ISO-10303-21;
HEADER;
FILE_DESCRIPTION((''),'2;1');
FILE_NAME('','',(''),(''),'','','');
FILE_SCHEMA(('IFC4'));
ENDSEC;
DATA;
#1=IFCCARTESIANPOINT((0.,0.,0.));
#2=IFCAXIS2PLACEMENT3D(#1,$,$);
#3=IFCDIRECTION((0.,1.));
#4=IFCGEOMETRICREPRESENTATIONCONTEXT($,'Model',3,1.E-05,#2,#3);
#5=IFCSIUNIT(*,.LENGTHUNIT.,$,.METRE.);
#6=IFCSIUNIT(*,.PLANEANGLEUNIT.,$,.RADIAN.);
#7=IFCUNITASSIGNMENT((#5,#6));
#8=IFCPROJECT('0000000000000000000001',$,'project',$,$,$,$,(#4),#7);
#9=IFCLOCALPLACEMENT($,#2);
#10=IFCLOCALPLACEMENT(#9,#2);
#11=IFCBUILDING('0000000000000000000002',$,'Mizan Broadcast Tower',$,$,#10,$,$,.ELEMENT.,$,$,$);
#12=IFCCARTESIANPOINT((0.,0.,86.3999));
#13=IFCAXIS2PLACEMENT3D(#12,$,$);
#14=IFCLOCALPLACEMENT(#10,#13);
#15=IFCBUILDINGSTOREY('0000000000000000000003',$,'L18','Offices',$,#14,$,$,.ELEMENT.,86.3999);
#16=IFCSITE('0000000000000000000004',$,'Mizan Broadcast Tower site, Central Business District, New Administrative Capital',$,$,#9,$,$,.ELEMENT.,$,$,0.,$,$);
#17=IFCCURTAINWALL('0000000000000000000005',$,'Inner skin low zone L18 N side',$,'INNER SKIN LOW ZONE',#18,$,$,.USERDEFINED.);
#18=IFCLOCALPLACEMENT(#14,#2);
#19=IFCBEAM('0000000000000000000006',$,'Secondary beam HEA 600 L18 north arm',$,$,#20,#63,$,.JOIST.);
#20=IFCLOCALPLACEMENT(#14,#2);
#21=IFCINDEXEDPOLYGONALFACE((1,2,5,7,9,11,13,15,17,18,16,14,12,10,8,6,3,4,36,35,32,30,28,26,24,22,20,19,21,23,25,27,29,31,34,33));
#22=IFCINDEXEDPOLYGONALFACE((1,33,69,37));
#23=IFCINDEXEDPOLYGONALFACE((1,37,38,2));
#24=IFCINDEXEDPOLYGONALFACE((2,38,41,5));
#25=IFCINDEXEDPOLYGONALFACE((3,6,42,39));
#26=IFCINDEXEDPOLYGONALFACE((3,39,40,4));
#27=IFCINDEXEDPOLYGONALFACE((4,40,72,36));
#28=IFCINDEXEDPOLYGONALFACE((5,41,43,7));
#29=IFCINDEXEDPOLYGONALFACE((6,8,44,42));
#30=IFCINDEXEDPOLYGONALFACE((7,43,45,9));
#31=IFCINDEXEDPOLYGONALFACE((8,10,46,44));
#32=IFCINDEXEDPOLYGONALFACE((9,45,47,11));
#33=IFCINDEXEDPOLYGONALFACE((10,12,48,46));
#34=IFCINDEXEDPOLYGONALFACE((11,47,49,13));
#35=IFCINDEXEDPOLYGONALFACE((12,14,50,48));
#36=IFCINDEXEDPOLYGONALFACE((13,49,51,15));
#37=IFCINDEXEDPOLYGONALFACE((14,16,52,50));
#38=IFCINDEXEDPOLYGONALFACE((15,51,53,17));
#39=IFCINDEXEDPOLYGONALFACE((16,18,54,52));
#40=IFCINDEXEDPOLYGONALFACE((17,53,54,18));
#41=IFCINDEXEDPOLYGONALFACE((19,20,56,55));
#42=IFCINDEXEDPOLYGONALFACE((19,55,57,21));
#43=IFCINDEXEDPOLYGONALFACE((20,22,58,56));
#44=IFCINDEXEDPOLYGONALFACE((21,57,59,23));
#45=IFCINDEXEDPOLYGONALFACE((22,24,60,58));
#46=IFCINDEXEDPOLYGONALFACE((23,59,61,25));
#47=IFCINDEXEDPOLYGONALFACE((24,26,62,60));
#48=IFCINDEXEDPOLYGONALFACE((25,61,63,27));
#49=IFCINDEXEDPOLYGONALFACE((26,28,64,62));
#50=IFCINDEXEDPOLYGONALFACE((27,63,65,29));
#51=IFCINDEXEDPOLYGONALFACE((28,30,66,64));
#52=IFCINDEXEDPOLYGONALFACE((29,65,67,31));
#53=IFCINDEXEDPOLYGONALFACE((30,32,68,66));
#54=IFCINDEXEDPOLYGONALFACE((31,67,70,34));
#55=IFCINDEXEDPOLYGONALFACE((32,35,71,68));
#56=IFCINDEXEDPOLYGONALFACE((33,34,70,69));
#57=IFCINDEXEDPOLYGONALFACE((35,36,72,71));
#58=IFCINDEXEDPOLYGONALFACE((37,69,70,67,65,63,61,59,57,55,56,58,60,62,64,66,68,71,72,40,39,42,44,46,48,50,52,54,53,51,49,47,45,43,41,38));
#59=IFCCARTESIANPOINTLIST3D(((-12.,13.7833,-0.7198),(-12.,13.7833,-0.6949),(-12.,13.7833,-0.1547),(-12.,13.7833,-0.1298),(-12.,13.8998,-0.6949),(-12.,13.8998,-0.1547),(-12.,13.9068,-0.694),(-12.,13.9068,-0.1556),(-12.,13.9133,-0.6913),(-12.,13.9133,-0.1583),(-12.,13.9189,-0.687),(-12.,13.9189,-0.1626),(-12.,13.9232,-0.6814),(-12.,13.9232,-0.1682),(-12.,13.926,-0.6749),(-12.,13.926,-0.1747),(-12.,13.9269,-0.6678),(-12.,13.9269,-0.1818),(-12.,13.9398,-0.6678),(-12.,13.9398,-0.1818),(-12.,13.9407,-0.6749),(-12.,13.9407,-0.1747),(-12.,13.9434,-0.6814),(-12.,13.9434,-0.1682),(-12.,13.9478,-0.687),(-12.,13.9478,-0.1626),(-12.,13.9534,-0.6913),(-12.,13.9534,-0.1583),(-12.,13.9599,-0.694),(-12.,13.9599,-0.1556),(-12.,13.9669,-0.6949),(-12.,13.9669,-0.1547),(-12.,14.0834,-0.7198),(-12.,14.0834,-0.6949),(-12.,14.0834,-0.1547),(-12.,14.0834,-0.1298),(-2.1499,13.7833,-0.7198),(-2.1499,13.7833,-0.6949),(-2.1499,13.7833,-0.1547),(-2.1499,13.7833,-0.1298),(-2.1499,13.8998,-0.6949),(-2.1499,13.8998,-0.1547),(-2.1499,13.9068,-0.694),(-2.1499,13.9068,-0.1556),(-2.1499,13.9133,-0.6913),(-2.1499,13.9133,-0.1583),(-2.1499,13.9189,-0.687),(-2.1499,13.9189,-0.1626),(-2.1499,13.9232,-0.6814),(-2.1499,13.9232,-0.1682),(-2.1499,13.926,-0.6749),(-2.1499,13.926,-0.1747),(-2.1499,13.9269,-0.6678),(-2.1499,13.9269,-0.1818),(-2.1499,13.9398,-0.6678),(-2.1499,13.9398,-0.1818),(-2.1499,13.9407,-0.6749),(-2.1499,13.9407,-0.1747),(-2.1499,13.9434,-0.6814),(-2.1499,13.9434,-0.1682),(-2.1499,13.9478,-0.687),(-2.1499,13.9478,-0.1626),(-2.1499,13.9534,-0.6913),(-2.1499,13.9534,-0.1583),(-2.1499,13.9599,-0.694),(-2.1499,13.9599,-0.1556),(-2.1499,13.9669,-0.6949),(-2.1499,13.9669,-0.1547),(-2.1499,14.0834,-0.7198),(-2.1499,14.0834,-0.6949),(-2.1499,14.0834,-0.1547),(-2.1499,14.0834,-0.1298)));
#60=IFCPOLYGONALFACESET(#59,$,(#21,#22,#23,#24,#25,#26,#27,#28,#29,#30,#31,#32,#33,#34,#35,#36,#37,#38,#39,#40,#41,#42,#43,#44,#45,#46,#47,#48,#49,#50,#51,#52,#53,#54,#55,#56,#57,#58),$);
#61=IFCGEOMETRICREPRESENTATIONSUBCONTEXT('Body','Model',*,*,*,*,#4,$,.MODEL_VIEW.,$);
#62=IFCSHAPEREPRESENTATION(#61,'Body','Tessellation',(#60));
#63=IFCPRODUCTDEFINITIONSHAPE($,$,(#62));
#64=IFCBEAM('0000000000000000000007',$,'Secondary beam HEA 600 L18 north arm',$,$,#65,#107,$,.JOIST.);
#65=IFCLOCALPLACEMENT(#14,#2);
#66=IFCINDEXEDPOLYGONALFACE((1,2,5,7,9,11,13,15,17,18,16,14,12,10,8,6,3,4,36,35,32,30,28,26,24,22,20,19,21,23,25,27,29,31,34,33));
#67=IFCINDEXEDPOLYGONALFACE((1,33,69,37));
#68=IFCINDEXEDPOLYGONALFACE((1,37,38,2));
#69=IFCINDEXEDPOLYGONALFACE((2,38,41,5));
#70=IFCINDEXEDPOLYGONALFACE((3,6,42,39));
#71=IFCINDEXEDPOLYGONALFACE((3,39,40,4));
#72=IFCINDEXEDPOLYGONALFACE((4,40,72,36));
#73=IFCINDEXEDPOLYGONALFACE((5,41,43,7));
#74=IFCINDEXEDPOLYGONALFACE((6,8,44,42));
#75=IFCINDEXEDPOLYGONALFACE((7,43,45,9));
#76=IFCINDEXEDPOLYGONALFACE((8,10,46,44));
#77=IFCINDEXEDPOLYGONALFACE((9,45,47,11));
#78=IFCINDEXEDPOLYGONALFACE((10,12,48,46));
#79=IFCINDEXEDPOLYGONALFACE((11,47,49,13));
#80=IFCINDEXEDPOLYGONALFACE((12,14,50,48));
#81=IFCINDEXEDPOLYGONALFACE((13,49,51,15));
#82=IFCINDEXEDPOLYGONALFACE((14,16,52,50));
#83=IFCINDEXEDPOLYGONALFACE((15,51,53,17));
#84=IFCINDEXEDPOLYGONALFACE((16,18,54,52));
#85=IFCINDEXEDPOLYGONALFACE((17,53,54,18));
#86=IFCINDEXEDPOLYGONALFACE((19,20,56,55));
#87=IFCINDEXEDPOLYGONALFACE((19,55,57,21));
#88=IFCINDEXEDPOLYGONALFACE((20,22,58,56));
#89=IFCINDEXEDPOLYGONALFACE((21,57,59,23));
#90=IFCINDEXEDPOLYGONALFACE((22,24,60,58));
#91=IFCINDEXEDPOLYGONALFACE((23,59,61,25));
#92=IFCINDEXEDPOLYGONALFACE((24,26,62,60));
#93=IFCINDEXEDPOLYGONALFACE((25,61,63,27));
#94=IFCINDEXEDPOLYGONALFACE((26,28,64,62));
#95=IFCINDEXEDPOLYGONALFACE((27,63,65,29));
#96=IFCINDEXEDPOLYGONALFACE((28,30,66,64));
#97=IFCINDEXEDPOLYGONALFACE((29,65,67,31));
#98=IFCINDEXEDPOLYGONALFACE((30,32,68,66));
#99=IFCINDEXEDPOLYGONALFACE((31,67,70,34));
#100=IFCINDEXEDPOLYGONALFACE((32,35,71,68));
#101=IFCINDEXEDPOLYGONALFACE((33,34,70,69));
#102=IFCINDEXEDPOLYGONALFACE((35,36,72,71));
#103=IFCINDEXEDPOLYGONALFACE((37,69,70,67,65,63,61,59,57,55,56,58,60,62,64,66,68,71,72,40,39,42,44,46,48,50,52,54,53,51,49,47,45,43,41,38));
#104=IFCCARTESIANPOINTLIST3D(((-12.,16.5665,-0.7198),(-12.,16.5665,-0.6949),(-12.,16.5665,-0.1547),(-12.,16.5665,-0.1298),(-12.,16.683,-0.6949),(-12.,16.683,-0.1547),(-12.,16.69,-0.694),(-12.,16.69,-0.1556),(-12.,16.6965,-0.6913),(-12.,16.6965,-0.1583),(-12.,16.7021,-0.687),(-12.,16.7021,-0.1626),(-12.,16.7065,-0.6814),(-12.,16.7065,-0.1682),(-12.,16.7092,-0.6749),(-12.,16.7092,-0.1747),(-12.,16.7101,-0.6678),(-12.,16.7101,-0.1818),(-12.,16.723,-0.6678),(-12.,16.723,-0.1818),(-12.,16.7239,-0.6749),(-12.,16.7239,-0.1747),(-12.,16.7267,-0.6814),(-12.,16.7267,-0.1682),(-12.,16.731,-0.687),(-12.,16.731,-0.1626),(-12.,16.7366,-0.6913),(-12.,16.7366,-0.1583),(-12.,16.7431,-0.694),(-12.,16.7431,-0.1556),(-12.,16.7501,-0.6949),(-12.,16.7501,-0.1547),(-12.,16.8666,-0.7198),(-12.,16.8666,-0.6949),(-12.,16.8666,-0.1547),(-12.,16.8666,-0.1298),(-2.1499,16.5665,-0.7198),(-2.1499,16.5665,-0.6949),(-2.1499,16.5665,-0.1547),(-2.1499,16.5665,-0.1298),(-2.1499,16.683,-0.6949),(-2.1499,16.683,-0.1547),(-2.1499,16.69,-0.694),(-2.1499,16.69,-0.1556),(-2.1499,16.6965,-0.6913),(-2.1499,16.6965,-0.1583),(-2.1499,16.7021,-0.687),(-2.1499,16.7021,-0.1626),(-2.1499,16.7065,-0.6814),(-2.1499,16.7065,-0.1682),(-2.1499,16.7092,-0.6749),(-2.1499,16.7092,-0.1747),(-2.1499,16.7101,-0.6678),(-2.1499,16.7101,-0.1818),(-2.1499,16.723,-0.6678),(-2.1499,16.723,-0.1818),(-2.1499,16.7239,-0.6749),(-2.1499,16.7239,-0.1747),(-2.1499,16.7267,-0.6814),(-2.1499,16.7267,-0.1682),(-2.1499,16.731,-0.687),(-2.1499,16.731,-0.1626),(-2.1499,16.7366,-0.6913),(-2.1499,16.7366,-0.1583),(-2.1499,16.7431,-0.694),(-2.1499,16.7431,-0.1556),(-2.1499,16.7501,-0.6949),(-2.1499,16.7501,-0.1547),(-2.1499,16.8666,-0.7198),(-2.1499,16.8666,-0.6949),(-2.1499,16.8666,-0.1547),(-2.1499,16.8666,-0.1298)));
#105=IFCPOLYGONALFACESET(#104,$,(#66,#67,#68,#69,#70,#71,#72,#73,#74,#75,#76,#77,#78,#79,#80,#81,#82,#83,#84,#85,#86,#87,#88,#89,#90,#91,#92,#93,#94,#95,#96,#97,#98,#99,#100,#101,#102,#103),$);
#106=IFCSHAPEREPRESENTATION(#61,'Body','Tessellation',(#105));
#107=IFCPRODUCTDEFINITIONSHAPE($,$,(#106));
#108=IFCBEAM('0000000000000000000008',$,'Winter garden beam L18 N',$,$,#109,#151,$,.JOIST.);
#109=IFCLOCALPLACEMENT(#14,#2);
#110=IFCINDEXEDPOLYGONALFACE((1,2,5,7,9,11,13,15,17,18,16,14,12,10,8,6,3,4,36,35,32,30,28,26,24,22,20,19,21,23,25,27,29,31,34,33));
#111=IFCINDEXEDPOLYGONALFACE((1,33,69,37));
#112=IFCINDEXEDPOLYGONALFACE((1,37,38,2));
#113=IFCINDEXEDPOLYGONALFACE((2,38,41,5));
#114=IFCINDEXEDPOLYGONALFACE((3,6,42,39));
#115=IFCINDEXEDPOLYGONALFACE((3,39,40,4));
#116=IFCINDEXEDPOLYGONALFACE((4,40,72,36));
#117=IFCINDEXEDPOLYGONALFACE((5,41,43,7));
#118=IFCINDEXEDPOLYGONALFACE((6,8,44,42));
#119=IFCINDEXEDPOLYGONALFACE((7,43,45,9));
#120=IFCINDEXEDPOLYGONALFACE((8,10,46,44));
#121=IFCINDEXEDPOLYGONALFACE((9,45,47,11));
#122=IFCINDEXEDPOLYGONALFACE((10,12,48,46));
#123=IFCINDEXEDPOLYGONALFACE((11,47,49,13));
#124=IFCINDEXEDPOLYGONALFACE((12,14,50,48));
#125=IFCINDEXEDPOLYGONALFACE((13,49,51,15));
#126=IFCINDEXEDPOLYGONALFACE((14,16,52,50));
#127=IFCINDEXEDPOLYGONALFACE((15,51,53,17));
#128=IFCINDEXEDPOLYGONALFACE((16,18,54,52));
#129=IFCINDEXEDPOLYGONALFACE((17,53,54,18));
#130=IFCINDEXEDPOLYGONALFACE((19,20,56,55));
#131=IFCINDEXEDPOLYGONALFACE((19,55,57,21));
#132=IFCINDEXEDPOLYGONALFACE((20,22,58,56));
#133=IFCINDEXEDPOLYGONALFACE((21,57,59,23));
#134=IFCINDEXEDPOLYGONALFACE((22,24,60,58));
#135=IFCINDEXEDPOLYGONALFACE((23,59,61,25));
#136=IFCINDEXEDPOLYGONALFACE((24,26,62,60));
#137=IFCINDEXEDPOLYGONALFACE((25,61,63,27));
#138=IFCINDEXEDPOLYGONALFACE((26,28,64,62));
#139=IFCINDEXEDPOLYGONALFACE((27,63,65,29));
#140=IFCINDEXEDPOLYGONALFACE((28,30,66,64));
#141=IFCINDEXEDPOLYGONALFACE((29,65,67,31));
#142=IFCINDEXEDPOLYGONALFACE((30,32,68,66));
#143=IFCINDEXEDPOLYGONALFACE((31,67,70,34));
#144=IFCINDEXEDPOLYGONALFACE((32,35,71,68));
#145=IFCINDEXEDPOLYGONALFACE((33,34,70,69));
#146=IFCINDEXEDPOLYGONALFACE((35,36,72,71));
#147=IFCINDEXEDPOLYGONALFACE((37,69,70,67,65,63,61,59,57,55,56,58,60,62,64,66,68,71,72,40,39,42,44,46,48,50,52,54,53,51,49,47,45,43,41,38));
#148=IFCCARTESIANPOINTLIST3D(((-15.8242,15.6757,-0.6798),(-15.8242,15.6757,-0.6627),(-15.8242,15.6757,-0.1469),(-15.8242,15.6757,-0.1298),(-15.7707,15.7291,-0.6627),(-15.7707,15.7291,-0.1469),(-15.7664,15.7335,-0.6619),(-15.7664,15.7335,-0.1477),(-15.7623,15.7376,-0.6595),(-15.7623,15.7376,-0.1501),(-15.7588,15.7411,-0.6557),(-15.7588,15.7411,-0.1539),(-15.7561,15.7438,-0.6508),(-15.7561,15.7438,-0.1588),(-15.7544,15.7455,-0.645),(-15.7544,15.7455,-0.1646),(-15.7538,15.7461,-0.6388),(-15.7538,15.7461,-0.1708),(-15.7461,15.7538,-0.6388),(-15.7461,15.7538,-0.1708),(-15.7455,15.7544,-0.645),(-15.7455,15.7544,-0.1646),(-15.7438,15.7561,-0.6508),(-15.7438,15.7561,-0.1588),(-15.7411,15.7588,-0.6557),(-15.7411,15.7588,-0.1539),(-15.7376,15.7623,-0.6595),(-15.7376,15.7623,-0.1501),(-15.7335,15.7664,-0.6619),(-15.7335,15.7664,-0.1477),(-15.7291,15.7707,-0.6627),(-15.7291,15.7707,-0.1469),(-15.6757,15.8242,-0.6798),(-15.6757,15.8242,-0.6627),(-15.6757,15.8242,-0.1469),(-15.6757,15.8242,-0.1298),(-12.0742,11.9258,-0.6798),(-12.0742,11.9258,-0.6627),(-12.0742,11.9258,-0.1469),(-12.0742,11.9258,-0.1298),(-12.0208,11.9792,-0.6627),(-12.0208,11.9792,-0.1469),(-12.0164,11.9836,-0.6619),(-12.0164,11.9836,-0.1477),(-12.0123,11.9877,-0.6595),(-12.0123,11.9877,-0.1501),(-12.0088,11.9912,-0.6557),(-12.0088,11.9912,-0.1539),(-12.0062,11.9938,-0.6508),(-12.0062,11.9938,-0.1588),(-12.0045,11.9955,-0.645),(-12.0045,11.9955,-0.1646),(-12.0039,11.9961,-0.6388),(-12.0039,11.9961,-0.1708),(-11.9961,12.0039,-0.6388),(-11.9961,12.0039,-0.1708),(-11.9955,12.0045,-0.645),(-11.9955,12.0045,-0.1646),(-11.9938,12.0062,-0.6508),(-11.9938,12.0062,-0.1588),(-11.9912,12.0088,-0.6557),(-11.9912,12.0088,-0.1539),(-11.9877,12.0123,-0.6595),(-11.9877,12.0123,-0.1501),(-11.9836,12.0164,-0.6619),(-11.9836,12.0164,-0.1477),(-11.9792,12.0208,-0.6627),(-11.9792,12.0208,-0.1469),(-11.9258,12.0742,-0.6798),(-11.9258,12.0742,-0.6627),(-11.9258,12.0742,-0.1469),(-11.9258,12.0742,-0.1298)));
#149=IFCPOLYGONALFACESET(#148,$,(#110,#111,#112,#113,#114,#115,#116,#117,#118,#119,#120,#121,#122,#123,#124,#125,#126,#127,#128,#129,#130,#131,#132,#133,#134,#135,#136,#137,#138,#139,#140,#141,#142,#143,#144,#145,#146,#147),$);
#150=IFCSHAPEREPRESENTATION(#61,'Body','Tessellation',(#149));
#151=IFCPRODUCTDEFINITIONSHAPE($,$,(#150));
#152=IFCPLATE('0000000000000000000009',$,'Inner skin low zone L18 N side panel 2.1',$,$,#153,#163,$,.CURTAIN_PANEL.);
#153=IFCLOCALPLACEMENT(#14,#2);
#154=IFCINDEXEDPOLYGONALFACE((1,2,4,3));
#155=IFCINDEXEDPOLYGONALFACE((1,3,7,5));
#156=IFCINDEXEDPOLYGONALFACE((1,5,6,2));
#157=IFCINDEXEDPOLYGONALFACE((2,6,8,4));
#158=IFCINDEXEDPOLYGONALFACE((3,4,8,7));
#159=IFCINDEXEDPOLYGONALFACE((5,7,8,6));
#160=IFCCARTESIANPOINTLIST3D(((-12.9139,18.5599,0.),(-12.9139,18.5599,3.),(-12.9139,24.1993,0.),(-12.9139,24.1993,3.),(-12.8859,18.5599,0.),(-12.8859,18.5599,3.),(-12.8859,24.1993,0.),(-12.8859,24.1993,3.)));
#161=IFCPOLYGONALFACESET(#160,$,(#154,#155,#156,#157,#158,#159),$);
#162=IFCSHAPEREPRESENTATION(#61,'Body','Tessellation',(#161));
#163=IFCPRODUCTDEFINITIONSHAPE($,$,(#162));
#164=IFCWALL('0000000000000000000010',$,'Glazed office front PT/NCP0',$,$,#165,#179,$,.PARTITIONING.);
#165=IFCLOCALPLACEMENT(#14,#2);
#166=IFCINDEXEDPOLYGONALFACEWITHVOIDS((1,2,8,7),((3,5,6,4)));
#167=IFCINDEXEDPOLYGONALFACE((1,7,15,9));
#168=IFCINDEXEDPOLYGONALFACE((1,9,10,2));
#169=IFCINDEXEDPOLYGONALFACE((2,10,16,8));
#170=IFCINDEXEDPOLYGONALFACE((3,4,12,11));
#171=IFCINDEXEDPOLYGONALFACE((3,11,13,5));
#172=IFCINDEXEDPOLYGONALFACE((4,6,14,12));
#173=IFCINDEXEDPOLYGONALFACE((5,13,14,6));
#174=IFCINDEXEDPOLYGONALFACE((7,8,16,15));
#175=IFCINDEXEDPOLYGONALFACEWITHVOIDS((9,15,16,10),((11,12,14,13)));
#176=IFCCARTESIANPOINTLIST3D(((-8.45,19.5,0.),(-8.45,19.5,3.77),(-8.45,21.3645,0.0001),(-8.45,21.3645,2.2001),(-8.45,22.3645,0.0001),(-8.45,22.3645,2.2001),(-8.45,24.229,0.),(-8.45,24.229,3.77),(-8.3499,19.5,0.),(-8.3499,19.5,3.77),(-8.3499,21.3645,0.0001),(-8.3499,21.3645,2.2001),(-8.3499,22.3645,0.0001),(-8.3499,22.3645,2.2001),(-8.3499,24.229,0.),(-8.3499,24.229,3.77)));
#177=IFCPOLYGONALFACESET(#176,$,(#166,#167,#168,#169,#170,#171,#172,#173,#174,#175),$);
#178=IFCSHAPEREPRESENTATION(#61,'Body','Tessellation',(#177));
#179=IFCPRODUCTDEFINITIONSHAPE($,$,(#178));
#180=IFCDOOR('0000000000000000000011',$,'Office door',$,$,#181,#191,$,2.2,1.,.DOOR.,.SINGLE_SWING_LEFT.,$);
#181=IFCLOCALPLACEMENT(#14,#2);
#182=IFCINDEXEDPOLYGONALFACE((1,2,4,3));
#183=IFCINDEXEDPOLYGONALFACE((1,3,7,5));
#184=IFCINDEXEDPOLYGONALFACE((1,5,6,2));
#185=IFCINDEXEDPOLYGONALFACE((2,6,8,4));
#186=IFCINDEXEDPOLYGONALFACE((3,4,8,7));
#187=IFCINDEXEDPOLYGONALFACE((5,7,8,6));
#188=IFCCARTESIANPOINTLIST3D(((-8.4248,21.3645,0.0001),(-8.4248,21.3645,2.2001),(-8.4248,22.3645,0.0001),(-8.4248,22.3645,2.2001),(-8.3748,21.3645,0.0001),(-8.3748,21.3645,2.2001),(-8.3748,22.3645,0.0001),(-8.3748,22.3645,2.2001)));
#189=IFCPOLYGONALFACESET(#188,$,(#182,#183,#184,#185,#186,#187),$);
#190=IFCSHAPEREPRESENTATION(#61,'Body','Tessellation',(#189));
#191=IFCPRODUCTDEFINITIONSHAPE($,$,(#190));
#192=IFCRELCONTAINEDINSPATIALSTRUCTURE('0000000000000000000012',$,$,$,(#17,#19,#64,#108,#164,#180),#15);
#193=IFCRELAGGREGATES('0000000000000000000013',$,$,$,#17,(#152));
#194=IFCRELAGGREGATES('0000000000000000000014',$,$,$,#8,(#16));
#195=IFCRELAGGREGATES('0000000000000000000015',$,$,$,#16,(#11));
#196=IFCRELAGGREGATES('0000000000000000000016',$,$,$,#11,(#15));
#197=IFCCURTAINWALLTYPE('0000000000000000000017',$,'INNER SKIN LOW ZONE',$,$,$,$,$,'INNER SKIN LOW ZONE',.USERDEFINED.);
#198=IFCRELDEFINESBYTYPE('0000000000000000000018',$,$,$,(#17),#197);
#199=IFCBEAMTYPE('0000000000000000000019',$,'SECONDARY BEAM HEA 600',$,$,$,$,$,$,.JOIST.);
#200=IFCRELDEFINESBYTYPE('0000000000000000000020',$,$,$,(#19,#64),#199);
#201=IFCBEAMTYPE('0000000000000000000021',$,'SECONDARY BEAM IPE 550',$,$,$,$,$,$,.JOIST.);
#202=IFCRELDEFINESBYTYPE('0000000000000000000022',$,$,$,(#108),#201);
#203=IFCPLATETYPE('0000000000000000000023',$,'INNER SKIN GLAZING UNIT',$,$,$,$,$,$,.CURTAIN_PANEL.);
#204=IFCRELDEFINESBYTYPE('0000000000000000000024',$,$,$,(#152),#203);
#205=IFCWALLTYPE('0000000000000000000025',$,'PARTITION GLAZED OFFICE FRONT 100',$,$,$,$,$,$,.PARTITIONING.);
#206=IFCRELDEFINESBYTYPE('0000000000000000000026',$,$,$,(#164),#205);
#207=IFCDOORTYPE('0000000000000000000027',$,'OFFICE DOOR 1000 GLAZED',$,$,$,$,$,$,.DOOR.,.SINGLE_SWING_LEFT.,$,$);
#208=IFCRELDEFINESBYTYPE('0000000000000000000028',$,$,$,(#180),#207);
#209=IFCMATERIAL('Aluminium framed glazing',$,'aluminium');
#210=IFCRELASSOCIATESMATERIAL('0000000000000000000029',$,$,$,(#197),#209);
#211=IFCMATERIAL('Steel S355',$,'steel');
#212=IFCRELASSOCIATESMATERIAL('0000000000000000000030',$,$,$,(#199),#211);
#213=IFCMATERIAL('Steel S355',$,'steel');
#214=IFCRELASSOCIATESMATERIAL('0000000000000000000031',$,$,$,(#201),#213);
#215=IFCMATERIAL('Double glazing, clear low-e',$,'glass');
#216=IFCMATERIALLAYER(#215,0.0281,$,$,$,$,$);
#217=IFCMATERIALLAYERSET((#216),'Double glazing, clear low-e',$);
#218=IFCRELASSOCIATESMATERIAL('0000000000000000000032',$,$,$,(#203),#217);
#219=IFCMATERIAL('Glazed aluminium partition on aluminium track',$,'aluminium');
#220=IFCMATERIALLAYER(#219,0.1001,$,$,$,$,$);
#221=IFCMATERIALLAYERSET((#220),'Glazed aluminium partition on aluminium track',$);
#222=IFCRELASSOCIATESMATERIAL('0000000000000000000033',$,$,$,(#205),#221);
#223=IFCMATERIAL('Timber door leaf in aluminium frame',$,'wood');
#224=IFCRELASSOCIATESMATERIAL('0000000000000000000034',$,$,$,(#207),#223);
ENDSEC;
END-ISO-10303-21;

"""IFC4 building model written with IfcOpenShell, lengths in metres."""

from ifc_helpers import new_model, si_unit, direction, frame, frame_2d, origin, origin_2d, place, context, subcontext, project, spatial, rectangle, i_section, extrude, material, layer, layer_set, material_profile, profile_set, type_object, element, fill, aggregate, save


model = new_model("IFC4")

# Units and contexts
model_context = context("Model", 3, precision=1e-05, world=origin(), true_north=direction((0.0, 1.0)))
body_context = subcontext(model_context, "Body", "Model", "MODEL_VIEW")
ifc_project = project(units=[si_unit("LENGTHUNIT", "METRE"), si_unit("PLANEANGLEUNIT", "RADIAN")], contexts=[model_context])

# Site, building, storey
site_placement = place(None, origin())
site = spatial("IfcSite", under=ifc_project, at=site_placement, Name="Mizan Broadcast Tower site, Central Business District, New Administrative Capital", CompositionType="ELEMENT", RefElevation=0.0)
building_placement = place(site_placement, origin())
building = spatial("IfcBuilding", under=site, at=building_placement, Name="Mizan Broadcast Tower", CompositionType="ELEMENT")
storey_placement = place(building_placement, frame((0.0, 0.0, 86.3999)))
storey = spatial("IfcBuildingStorey", under=building, at=storey_placement, Name="L18", Description="Offices", CompositionType="ELEMENT", Elevation=86.3999)

# Curtain wall
ifc_material_1 = material(Name="Aluminium framed glazing", Category="aluminium")
curtain_wall_type = type_object("IfcCurtainWallType", Name="INNER SKIN LOW ZONE", ElementType="INNER SKIN LOW ZONE", PredefinedType="USERDEFINED", material=ifc_material_1)
curtain_wall_placement = place(storey_placement, origin())
curtain_wall = element("IfcCurtainWall", 1, at=curtain_wall_placement, inside=storey, type_object=curtain_wall_type, Name="Inner skin low zone L18 N side", ObjectType="INNER SKIN LOW ZONE", PredefinedType="USERDEFINED")

# Beams
ifc_material_2 = material(Name="Steel S355", Category="steel")
ifc_material_profile_1 = material_profile(ifc_material_2, i_section(OverallWidth=0.3, OverallDepth=0.5901, WebThickness=0.0129, FlangeThickness=0.0249, FilletRadius=0.0271, at=origin_2d()), Name="HEA 600")
ifc_profile_set_1 = profile_set([ifc_material_profile_1], Name="Steel S355")
beam_type_1 = type_object("IfcBeamType", Name="SECONDARY BEAM HEA 600", PredefinedType="JOIST", material=ifc_profile_set_1)
for number, where, z_axis, x_axis, name in (
    (2, (-12.0, 13.9333, -0.4248), (1.0, 0.0, 0.0), (0.0, 1.0, 0.0), "Secondary beam HEA 600 L18 north arm"),
    (3, (-12.0, 16.7166, -0.4248), (1.0, 0.0, 0.0), (0.0, 1.0, 0.0), "Secondary beam HEA 600 L18 north arm"),
):
    element("IfcBeam", number, at=place(storey_placement, frame(where, z_axis=z_axis, x_axis=x_axis)), inside=storey, type_object=beam_type_1, Name=name, PredefinedType="JOIST", context=body_context, shape_type="SweptSolid", body=[
        extrude(i_section(OverallWidth=0.3, OverallDepth=0.5901, WebThickness=0.0129, FlangeThickness=0.0249, FilletRadius=0.0271, at=origin_2d()), origin(), (0.0, 0.0, 1.0), 9.8501),
    ])
ifc_material_3 = material(Name="Steel S355", Category="steel")
ifc_material_profile_2 = material_profile(ifc_material_3, i_section(OverallWidth=0.21, OverallDepth=0.55, WebThickness=0.011, FlangeThickness=0.0171, FilletRadius=0.0239, at=origin_2d()), Name="IPE 550")
ifc_profile_set_2 = profile_set([ifc_material_profile_2], Name="Steel S355")
beam_type_2 = type_object("IfcBeamType", Name="SECONDARY BEAM IPE 550", PredefinedType="JOIST", material=ifc_profile_set_2)
beam_1_placement = place(storey_placement, frame((-12.0, 12.0, -0.4048), z_axis=(-0.707107, 0.707107, 0.0), x_axis=(-0.707107, -0.707107, 0.0)))
element("IfcBeam", 4, at=beam_1_placement, inside=storey, type_object=beam_type_2, Name="Winter garden beam L18 N", PredefinedType="JOIST", context=body_context, shape_type="SweptSolid", body=[
    extrude(i_section(OverallWidth=0.21, OverallDepth=0.55, WebThickness=0.011, FlangeThickness=0.0171, FilletRadius=0.0239, at=origin_2d()), origin(), (0.0, 0.0, 1.0), 5.3032),
])

# Plate
ifc_material_4 = material(Name="Double glazing, clear low-e", Category="glass")
ifc_layer_1 = layer(ifc_material_4, 0.0281)
ifc_layer_set_1 = layer_set([ifc_layer_1], Name="Double glazing, clear low-e")
plate_type = type_object("IfcPlateType", Name="INNER SKIN GLAZING UNIT", PredefinedType="CURTAIN_PANEL", material=ifc_layer_set_1)
plate_placement = place(storey_placement, frame((-12.8999, 21.3796, 0.0), z_axis=(0.0, 0.0, 1.0), x_axis=(0.0, -1.0, 0.0)))
plate = element("IfcPlate", 5, at=plate_placement, type_object=plate_type, Name="Inner skin low zone L18 N side panel 2.1", PredefinedType="CURTAIN_PANEL", context=body_context, shape_type="SweptSolid", body=[
    extrude(rectangle(XDim=5.6394, YDim=0.0281, at=origin_2d()), origin(), (0.0, 0.0, 1.0), 3.0),
])
aggregate(curtain_wall, [plate])

# Wall, opening, door
ifc_material_5 = material(Name="Glazed aluminium partition on aluminium track", Category="aluminium")
ifc_layer_2 = layer(ifc_material_5, 0.1001)
ifc_layer_set_2 = layer_set([ifc_layer_2], Name="Glazed aluminium partition on aluminium track")
wall_type = type_object("IfcWallType", Name="PARTITION GLAZED OFFICE FRONT 100", PredefinedType="PARTITIONING", material=ifc_layer_set_2)
wall_1_placement = place(storey_placement, frame((-8.3999, 19.5, 0.0), z_axis=(0.0, 0.0, 1.0), x_axis=(0.0, 1.0, 0.0)))
wall_1 = element("IfcWall", 6, at=wall_1_placement, inside=storey, type_object=wall_type, Name="Glazed office front PT/NCP0", PredefinedType="PARTITIONING", context=body_context, shape_type="SweptSolid", body=[
    extrude(rectangle(XDim=4.729, YDim=0.1001, at=frame_2d((2.3645, 0.0))), origin(), (0.0, 0.0, 1.0), 3.77),
])
opening_placement = place(wall_1_placement, frame((1.8645, 0.0, 0.0)))
opening = element("IfcOpeningElement", 7, at=opening_placement, cuts=wall_1, PredefinedType="OPENING", context=body_context, shape_type="SweptSolid", body=[
    extrude(rectangle(XDim=1.0, YDim=2.2, at=frame_2d((0.5, 1.1001))), frame((0.0, 0.0601, 0.0), z_axis=(0.0, -1.0, 0.0), x_axis=(1.0, 0.0, 0.0)), (0.0, 0.0, 1.0), 0.1201),
])
ifc_material_6 = material(Name="Timber door leaf in aluminium frame", Category="wood")
door_type = type_object("IfcDoorType", Name="OFFICE DOOR 1000 GLAZED", OperationType="SINGLE_SWING_LEFT", PredefinedType="DOOR", material=ifc_material_6)
door_placement = place(opening_placement, origin())
door = element("IfcDoor", 8, at=door_placement, inside=storey, type_object=door_type, Name="Office door", OperationType="SINGLE_SWING_LEFT", OverallHeight=2.2, OverallWidth=1.0, PredefinedType="DOOR", context=body_context, shape_type="SweptSolid", body=[
    extrude(rectangle(XDim=1.0, YDim=2.2, at=frame_2d((0.5, 1.1001))), frame((0.0, 0.0249, 0.0), z_axis=(0.0, -1.0, 0.0), x_axis=(1.0, 0.0, 0.0)), (0.0, 0.0, 1.0), 0.05),
])
fill(opening, door)

save(model, "model.ifc")
